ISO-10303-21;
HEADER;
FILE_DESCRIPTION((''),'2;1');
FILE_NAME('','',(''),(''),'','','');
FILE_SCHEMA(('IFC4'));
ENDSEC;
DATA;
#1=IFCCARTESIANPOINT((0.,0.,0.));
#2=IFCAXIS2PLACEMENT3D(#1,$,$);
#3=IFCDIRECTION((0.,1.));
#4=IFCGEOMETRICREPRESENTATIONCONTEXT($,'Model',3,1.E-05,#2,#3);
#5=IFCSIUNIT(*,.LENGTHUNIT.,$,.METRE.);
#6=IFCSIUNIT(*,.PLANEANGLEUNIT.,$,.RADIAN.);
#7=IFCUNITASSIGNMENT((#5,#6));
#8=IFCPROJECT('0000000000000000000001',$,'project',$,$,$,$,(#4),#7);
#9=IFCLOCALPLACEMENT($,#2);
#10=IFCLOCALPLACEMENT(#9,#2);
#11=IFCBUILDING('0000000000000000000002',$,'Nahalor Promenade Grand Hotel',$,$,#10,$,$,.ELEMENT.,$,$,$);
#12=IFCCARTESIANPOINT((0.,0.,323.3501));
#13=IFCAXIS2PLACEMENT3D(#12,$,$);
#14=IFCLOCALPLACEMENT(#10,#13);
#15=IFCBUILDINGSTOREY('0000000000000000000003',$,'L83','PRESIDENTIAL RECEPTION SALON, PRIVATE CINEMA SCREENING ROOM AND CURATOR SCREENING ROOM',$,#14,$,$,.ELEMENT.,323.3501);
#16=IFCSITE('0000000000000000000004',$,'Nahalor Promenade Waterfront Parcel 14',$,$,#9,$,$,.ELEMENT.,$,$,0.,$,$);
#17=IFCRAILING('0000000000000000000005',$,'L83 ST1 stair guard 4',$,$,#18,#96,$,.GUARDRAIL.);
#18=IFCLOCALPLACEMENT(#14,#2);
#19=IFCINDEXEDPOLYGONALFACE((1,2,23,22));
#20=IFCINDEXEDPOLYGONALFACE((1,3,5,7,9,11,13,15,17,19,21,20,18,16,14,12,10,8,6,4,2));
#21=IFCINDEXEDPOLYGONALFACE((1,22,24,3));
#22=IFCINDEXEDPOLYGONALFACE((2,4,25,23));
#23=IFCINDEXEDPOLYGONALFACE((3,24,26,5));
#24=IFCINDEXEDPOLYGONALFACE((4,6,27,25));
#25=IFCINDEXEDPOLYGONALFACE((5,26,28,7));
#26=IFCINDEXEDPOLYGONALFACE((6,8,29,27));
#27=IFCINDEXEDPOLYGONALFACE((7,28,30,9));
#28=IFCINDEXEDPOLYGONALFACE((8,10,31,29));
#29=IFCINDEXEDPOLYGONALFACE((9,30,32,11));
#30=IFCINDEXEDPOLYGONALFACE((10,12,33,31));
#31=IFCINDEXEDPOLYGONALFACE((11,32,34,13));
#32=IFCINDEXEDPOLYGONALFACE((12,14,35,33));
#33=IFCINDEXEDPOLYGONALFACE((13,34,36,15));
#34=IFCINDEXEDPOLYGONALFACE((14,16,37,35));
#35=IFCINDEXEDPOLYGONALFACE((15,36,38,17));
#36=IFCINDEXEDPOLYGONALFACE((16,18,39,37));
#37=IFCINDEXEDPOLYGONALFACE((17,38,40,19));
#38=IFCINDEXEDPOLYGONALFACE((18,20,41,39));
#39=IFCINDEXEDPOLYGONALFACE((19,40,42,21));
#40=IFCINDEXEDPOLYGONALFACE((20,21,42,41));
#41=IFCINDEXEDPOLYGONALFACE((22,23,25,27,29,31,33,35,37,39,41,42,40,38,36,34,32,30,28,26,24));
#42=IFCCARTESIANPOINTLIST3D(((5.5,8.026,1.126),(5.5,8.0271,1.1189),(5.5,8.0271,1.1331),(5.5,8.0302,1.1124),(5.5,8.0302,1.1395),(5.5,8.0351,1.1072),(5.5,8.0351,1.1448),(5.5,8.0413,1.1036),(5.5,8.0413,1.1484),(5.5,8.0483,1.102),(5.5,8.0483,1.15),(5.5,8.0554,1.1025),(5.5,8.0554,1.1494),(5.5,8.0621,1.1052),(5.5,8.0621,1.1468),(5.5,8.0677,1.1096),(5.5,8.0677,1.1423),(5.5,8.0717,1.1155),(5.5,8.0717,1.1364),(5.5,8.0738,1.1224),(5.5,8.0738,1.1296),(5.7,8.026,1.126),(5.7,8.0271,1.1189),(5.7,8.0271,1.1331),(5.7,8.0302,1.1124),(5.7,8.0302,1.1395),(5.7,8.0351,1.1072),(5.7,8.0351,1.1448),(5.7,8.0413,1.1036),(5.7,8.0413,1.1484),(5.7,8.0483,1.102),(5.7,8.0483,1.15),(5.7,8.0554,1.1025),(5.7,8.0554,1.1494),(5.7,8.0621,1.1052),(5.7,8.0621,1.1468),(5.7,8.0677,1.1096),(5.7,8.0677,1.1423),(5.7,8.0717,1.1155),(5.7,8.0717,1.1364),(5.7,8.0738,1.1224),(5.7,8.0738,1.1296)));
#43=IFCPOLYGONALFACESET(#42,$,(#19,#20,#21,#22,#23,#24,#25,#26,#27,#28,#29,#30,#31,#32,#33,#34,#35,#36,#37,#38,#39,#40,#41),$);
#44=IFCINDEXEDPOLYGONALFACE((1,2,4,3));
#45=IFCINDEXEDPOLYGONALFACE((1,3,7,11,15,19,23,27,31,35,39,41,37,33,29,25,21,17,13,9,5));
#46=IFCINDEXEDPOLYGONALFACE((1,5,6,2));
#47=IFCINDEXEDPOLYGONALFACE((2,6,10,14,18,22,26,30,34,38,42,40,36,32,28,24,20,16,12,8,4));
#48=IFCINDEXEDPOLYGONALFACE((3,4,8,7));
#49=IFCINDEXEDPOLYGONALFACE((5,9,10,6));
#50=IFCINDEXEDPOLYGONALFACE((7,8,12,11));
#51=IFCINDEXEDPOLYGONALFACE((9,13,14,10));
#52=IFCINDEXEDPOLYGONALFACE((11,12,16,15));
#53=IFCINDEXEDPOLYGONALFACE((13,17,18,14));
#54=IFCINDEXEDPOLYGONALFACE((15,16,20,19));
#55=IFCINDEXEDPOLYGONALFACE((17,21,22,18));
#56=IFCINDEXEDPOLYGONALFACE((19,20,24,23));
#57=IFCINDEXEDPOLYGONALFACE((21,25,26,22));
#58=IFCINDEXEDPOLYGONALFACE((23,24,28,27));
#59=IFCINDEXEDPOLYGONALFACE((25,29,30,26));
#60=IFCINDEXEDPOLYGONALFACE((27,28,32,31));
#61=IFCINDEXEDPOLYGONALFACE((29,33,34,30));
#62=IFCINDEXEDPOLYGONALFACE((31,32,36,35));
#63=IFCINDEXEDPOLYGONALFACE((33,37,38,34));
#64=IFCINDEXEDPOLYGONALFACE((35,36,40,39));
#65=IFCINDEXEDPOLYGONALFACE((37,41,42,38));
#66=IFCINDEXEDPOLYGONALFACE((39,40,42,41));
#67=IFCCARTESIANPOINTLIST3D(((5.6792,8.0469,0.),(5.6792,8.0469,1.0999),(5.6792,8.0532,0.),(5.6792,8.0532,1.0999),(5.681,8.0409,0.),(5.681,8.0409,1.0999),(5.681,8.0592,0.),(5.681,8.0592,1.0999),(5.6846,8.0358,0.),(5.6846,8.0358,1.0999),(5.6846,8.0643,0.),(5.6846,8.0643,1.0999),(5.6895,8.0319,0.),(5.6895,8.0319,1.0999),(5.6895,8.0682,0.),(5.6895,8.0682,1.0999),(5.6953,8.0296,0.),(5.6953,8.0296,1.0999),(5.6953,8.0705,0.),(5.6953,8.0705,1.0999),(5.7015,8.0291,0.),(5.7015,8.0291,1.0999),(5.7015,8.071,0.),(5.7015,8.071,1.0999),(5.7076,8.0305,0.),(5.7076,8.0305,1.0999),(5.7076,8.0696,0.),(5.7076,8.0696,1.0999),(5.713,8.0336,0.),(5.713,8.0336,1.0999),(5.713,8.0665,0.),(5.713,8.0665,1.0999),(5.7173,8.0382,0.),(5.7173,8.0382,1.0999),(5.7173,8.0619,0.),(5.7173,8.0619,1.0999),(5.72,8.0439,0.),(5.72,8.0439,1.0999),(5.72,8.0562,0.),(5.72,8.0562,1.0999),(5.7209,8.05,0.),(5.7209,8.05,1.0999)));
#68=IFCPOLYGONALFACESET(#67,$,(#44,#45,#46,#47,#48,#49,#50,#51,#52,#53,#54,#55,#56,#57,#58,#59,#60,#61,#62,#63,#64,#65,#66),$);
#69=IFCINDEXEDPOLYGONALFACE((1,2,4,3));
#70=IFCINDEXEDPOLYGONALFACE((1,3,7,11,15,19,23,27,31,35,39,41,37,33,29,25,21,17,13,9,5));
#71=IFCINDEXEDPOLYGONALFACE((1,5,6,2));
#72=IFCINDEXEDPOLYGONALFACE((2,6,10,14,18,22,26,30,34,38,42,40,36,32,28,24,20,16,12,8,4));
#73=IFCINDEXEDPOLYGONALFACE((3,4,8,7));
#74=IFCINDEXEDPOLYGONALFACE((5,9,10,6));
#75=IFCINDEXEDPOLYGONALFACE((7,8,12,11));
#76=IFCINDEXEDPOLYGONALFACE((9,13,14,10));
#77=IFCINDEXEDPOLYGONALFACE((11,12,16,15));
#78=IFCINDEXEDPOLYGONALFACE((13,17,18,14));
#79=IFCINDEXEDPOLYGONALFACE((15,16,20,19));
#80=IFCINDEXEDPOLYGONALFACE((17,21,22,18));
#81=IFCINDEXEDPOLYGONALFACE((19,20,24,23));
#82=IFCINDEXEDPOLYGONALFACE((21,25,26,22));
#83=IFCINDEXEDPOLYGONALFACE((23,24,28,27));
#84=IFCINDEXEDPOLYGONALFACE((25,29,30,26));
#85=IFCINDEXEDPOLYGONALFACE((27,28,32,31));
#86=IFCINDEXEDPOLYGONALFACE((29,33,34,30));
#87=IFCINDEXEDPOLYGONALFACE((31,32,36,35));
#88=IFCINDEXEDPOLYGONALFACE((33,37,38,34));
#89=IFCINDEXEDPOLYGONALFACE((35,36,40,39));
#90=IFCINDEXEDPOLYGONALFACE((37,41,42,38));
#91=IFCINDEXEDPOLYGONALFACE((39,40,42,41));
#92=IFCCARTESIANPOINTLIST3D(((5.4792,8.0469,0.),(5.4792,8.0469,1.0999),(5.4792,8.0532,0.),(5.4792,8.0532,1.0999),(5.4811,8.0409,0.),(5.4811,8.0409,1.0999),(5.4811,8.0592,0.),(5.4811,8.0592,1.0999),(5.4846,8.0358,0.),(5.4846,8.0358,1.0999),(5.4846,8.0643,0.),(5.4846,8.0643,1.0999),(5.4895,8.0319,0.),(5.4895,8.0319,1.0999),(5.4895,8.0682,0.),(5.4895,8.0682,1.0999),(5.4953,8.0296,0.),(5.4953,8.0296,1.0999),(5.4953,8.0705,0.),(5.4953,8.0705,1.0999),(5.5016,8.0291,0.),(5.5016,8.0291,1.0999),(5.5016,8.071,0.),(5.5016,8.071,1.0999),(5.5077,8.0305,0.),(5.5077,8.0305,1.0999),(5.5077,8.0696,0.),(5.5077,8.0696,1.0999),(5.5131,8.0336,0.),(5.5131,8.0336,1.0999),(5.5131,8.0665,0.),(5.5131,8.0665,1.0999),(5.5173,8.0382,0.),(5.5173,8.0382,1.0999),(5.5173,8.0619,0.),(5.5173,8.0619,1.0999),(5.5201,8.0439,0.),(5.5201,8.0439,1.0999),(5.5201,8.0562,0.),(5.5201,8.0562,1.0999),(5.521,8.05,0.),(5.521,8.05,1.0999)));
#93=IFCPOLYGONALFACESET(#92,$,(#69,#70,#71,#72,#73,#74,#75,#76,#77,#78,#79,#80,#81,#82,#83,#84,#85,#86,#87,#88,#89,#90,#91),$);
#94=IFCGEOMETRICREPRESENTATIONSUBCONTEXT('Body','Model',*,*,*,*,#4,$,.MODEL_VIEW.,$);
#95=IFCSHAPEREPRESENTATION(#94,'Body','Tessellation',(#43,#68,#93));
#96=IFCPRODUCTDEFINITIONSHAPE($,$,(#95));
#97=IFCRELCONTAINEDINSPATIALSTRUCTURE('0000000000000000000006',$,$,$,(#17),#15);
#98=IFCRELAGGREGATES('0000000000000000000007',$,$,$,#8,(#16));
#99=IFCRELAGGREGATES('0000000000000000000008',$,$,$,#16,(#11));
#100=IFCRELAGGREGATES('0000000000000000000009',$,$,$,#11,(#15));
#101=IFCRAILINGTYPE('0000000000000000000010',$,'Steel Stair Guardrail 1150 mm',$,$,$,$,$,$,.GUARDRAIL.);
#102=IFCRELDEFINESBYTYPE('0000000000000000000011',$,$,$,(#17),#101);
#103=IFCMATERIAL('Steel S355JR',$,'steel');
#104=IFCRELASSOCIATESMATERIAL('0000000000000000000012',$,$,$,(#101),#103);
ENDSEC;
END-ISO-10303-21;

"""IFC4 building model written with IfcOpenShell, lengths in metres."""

from ifc_helpers import new_model, si_unit, direction, frame, origin, origin_2d, place, context, subcontext, project, spatial, circle, extrude, material, type_object, element, save


model = new_model("IFC4")

# Units and contexts
model_context = context("Model", 3, precision=1e-05, world=origin(), true_north=direction((0.0, 1.0)))
body_context = subcontext(model_context, "Body", "Model", "MODEL_VIEW")
ifc_project = project(units=[si_unit("LENGTHUNIT", "METRE"), si_unit("PLANEANGLEUNIT", "RADIAN")], contexts=[model_context])

# Site, building, storey
site_placement = place(None, origin())
site = spatial("IfcSite", under=ifc_project, at=site_placement, Name="Nahalor Promenade Waterfront Parcel 14", CompositionType="ELEMENT", RefElevation=0.0)
building_placement = place(site_placement, origin())
building = spatial("IfcBuilding", under=site, at=building_placement, Name="Nahalor Promenade Grand Hotel", CompositionType="ELEMENT")
storey_placement = place(building_placement, frame((0.0, 0.0, 323.3501)))
storey = spatial("IfcBuildingStorey", under=building, at=storey_placement, Name="L83", Description="PRESIDENTIAL RECEPTION SALON, PRIVATE CINEMA SCREENING ROOM AND CURATOR SCREENING ROOM", CompositionType="ELEMENT", Elevation=323.3501)

# Shared definitions
ifc_material_1 = material(Name="Steel S355JR", Category="steel")

# Railing
railing_type_1 = type_object("IfcRailingType", Name="Steel Stair Guardrail 1150 mm", PredefinedType="GUARDRAIL", material=ifc_material_1)
railing_1_placement = place(storey_placement, frame((5.7, 8.05, 0.0)))
element("IfcRailing", 1, at=railing_1_placement, inside=storey, type_object=railing_type_1, Name="L83 ST1 stair guard 4", PredefinedType="GUARDRAIL", context=body_context, shape_type="SweptSolid", body=[
    extrude(circle(Radius=0.024, at=origin_2d()), frame((0.0, 0.0, 1.126), z_axis=(-1.0, 0.0, 0.0), x_axis=(0.0, -1.0, 0.0)), (0.0, 0.0, 1.0), 0.2),
    extrude(circle(Radius=0.021, at=origin_2d()), origin(), (0.0, 0.0, 1.0), 1.0999),
    extrude(circle(Radius=0.021, at=origin_2d()), frame((-0.2, 0.0, 0.0)), (0.0, 0.0, 1.0), 1.0999),
])

save(model, "model.ifc")
